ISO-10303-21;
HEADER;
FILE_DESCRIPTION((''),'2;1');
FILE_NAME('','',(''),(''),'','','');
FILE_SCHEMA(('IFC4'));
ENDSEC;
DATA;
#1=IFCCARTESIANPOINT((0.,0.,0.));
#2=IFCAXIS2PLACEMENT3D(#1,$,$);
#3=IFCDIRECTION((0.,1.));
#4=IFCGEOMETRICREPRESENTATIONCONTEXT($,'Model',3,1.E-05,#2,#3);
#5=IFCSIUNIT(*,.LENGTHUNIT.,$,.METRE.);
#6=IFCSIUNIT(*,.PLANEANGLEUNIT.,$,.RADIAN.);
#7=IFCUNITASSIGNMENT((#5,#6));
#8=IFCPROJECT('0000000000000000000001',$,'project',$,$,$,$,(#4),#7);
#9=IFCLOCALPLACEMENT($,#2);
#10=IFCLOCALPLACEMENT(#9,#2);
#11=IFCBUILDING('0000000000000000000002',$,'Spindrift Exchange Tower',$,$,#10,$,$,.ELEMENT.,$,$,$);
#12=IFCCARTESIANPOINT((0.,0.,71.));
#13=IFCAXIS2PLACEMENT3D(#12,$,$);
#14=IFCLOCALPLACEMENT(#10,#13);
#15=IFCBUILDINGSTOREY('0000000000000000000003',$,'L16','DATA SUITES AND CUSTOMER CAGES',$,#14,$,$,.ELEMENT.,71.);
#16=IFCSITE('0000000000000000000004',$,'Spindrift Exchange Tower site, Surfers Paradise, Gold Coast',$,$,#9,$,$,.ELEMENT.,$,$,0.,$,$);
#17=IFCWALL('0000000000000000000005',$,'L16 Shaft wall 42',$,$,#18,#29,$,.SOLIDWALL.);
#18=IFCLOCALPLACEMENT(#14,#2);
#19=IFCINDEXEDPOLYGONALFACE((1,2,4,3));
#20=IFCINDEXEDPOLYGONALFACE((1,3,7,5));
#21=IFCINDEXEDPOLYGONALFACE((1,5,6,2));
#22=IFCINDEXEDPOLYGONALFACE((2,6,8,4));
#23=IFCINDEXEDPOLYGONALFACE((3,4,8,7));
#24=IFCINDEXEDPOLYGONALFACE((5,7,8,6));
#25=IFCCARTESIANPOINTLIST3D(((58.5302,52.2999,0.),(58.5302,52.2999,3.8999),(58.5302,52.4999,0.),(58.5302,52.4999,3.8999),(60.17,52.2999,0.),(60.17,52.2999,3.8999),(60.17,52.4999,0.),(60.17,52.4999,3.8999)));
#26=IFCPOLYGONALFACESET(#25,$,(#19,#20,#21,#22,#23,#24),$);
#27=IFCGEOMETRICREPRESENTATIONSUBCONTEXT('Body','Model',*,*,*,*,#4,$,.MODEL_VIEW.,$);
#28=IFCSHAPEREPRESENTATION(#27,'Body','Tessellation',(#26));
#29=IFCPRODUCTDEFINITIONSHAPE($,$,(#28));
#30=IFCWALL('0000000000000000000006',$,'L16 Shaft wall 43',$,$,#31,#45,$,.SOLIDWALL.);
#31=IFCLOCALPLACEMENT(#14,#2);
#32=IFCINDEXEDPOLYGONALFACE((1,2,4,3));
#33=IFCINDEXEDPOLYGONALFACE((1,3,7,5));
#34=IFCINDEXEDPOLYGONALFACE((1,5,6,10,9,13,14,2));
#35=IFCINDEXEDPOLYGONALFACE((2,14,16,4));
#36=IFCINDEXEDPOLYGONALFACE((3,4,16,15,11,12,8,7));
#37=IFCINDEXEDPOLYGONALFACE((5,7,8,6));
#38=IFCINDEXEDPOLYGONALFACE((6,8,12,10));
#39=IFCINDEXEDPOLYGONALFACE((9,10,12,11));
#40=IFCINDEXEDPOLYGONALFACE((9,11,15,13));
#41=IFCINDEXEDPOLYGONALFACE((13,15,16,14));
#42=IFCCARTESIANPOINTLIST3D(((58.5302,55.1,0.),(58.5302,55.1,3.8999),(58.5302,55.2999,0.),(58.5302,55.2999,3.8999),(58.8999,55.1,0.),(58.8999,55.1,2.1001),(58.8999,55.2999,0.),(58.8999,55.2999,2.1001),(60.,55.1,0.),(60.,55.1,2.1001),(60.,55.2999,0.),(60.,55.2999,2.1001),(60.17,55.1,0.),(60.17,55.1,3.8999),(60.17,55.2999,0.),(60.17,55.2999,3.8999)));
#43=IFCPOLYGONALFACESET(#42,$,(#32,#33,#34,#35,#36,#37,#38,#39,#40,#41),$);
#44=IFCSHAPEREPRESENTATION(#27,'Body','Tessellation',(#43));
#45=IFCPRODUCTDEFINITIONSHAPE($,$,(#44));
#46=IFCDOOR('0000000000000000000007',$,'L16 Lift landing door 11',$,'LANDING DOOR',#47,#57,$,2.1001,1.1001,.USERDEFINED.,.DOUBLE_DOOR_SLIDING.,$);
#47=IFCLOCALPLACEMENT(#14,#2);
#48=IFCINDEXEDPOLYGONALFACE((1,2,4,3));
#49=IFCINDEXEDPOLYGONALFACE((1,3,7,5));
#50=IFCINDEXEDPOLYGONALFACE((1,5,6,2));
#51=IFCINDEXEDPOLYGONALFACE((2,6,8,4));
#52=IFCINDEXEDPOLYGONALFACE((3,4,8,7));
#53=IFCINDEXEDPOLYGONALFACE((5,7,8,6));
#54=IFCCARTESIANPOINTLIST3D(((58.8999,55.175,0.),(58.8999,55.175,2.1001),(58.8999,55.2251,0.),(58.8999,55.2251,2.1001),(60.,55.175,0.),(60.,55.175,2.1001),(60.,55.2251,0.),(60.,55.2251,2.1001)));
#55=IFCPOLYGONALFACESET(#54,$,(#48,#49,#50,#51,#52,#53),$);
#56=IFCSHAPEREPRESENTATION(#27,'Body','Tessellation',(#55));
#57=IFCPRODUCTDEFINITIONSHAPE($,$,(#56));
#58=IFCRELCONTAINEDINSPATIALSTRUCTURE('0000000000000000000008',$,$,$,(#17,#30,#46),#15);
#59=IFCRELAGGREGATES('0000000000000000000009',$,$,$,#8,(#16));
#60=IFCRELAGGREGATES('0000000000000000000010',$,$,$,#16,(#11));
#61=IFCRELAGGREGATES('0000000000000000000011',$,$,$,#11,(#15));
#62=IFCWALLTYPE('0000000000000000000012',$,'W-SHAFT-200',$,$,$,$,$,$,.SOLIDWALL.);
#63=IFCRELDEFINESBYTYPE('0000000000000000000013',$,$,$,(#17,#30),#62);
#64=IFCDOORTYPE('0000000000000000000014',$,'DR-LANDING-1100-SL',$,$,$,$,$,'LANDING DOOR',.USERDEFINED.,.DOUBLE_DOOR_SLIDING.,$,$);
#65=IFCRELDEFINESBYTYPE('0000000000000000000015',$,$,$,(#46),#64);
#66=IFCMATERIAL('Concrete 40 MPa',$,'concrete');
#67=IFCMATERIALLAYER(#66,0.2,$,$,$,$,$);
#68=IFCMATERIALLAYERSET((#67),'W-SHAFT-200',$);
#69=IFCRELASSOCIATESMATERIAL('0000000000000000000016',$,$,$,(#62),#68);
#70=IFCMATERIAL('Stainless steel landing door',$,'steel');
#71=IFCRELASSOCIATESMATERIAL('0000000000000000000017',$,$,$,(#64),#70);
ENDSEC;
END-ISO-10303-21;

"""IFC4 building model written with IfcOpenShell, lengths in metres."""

from ifc_helpers import new_model, si_unit, direction, frame, frame_2d, origin, place, context, subcontext, project, spatial, rectangle, extrude, source, transform, mapped, material, layer, layer_set, type_object, element, fill, save


model = new_model("IFC4")

# Units and contexts
model_context = context("Model", 3, precision=1e-05, world=origin(), true_north=direction((0.0, 1.0)))
body_context = subcontext(model_context, "Body", "Model", "MODEL_VIEW")
ifc_project = project(units=[si_unit("LENGTHUNIT", "METRE"), si_unit("PLANEANGLEUNIT", "RADIAN")], contexts=[model_context])

# Site, building, storey
site_placement = place(None, origin())
site = spatial("IfcSite", under=ifc_project, at=site_placement, Name="Spindrift Exchange Tower site, Surfers Paradise, Gold Coast", CompositionType="ELEMENT", RefElevation=0.0)
building_placement = place(site_placement, origin())
building = spatial("IfcBuilding", under=site, at=building_placement, Name="Spindrift Exchange Tower", CompositionType="ELEMENT")
storey_placement = place(building_placement, frame((0.0, 0.0, 71.0)))
storey = spatial("IfcBuildingStorey", under=building, at=storey_placement, Name="L16", Description="DATA SUITES AND CUSTOMER CAGES", CompositionType="ELEMENT", Elevation=71.0)

# Wall
ifc_material_1 = material(Name="Concrete 40 MPa", Category="concrete")
ifc_layer_1 = layer(ifc_material_1, 0.2)
ifc_layer_set_1 = layer_set([ifc_layer_1], Name="W-SHAFT-200")
wall_type_1 = type_object("IfcWallType", Name="W-SHAFT-200", PredefinedType="SOLIDWALL", material=ifc_layer_set_1)
wall_1_placement = place(storey_placement, frame((60.1699, 52.3999, 0.0), z_axis=(0.0, 0.0, 1.0), x_axis=(-1.0, 0.0, 0.0)))
element("IfcWall", 1, at=wall_1_placement, inside=storey, type_object=wall_type_1, Name="L16 Shaft wall 42", PredefinedType="SOLIDWALL", context=body_context, shape_type="SweptSolid", body=[
    extrude(rectangle(XDim=1.6399, YDim=0.2, at=frame_2d((0.8198, 0.0))), origin(), (0.0, 0.0, 1.0), 3.8999),
])

# Wall, opening, door
wall_2_placement = place(storey_placement, frame((60.1699, 55.2, 0.0), z_axis=(0.0, 0.0, 1.0), x_axis=(-1.0, 0.0, 0.0)))
wall_2 = element("IfcWall", 2, at=wall_2_placement, inside=storey, type_object=wall_type_1, Name="L16 Shaft wall 43", PredefinedType="SOLIDWALL", context=body_context, shape_type="SweptSolid", body=[
    extrude(rectangle(XDim=1.6399, YDim=0.2, at=frame_2d((0.8198, 0.0))), origin(), (0.0, 0.0, 1.0), 3.8999),
])
opening_1_placement = place(wall_2_placement, frame((0.1699, 0.0, 0.0)))
opening_1 = element("IfcOpeningElement", 3, at=opening_1_placement, cuts=wall_2, PredefinedType="OPENING", context=body_context, shape_type="SweptSolid", body=[
    extrude(rectangle(XDim=1.1001, YDim=2.1001, at=frame_2d((0.55, 1.05))), frame((0.0, 0.1099, 0.0), z_axis=(0.0, -1.0, 0.0), x_axis=(1.0, 0.0, 0.0)), (0.0, 0.0, 1.0), 0.22),
])
ifc_material_2 = material(Name="Stainless steel landing door", Category="steel")
door_type_1 = type_object("IfcDoorType", Name="DR-LANDING-1100-SL", ElementType="LANDING DOOR", OperationType="DOUBLE_DOOR_SLIDING", PredefinedType="USERDEFINED", material=ifc_material_2)
shared_shape_1 = source(origin(), body_context, "Body", "SweptSolid", [
    extrude(rectangle(XDim=1.1001, YDim=2.1001, at=frame_2d((0.55, 1.05))), frame((0.0, 0.0249, 0.0), z_axis=(0.0, -1.0, 0.0), x_axis=(1.0, 0.0, 0.0)), (0.0, 0.0, 1.0), 0.05),
])
door_1_placement = place(opening_1_placement, origin())
door_1 = element("IfcDoor", 4, at=door_1_placement, inside=storey, type_object=door_type_1, Name="L16 Lift landing door 11", ObjectType="LANDING DOOR", OperationType="DOUBLE_DOOR_SLIDING", OverallHeight=2.1001, OverallWidth=1.1001, PredefinedType="USERDEFINED", context=body_context, shape_type="MappedRepresentation", body=[
    mapped(shared_shape_1, transform((0.0, 0.0, 0.0), scale=1.0)),
])
fill(opening_1, door_1)

save(model, "model.ifc")
